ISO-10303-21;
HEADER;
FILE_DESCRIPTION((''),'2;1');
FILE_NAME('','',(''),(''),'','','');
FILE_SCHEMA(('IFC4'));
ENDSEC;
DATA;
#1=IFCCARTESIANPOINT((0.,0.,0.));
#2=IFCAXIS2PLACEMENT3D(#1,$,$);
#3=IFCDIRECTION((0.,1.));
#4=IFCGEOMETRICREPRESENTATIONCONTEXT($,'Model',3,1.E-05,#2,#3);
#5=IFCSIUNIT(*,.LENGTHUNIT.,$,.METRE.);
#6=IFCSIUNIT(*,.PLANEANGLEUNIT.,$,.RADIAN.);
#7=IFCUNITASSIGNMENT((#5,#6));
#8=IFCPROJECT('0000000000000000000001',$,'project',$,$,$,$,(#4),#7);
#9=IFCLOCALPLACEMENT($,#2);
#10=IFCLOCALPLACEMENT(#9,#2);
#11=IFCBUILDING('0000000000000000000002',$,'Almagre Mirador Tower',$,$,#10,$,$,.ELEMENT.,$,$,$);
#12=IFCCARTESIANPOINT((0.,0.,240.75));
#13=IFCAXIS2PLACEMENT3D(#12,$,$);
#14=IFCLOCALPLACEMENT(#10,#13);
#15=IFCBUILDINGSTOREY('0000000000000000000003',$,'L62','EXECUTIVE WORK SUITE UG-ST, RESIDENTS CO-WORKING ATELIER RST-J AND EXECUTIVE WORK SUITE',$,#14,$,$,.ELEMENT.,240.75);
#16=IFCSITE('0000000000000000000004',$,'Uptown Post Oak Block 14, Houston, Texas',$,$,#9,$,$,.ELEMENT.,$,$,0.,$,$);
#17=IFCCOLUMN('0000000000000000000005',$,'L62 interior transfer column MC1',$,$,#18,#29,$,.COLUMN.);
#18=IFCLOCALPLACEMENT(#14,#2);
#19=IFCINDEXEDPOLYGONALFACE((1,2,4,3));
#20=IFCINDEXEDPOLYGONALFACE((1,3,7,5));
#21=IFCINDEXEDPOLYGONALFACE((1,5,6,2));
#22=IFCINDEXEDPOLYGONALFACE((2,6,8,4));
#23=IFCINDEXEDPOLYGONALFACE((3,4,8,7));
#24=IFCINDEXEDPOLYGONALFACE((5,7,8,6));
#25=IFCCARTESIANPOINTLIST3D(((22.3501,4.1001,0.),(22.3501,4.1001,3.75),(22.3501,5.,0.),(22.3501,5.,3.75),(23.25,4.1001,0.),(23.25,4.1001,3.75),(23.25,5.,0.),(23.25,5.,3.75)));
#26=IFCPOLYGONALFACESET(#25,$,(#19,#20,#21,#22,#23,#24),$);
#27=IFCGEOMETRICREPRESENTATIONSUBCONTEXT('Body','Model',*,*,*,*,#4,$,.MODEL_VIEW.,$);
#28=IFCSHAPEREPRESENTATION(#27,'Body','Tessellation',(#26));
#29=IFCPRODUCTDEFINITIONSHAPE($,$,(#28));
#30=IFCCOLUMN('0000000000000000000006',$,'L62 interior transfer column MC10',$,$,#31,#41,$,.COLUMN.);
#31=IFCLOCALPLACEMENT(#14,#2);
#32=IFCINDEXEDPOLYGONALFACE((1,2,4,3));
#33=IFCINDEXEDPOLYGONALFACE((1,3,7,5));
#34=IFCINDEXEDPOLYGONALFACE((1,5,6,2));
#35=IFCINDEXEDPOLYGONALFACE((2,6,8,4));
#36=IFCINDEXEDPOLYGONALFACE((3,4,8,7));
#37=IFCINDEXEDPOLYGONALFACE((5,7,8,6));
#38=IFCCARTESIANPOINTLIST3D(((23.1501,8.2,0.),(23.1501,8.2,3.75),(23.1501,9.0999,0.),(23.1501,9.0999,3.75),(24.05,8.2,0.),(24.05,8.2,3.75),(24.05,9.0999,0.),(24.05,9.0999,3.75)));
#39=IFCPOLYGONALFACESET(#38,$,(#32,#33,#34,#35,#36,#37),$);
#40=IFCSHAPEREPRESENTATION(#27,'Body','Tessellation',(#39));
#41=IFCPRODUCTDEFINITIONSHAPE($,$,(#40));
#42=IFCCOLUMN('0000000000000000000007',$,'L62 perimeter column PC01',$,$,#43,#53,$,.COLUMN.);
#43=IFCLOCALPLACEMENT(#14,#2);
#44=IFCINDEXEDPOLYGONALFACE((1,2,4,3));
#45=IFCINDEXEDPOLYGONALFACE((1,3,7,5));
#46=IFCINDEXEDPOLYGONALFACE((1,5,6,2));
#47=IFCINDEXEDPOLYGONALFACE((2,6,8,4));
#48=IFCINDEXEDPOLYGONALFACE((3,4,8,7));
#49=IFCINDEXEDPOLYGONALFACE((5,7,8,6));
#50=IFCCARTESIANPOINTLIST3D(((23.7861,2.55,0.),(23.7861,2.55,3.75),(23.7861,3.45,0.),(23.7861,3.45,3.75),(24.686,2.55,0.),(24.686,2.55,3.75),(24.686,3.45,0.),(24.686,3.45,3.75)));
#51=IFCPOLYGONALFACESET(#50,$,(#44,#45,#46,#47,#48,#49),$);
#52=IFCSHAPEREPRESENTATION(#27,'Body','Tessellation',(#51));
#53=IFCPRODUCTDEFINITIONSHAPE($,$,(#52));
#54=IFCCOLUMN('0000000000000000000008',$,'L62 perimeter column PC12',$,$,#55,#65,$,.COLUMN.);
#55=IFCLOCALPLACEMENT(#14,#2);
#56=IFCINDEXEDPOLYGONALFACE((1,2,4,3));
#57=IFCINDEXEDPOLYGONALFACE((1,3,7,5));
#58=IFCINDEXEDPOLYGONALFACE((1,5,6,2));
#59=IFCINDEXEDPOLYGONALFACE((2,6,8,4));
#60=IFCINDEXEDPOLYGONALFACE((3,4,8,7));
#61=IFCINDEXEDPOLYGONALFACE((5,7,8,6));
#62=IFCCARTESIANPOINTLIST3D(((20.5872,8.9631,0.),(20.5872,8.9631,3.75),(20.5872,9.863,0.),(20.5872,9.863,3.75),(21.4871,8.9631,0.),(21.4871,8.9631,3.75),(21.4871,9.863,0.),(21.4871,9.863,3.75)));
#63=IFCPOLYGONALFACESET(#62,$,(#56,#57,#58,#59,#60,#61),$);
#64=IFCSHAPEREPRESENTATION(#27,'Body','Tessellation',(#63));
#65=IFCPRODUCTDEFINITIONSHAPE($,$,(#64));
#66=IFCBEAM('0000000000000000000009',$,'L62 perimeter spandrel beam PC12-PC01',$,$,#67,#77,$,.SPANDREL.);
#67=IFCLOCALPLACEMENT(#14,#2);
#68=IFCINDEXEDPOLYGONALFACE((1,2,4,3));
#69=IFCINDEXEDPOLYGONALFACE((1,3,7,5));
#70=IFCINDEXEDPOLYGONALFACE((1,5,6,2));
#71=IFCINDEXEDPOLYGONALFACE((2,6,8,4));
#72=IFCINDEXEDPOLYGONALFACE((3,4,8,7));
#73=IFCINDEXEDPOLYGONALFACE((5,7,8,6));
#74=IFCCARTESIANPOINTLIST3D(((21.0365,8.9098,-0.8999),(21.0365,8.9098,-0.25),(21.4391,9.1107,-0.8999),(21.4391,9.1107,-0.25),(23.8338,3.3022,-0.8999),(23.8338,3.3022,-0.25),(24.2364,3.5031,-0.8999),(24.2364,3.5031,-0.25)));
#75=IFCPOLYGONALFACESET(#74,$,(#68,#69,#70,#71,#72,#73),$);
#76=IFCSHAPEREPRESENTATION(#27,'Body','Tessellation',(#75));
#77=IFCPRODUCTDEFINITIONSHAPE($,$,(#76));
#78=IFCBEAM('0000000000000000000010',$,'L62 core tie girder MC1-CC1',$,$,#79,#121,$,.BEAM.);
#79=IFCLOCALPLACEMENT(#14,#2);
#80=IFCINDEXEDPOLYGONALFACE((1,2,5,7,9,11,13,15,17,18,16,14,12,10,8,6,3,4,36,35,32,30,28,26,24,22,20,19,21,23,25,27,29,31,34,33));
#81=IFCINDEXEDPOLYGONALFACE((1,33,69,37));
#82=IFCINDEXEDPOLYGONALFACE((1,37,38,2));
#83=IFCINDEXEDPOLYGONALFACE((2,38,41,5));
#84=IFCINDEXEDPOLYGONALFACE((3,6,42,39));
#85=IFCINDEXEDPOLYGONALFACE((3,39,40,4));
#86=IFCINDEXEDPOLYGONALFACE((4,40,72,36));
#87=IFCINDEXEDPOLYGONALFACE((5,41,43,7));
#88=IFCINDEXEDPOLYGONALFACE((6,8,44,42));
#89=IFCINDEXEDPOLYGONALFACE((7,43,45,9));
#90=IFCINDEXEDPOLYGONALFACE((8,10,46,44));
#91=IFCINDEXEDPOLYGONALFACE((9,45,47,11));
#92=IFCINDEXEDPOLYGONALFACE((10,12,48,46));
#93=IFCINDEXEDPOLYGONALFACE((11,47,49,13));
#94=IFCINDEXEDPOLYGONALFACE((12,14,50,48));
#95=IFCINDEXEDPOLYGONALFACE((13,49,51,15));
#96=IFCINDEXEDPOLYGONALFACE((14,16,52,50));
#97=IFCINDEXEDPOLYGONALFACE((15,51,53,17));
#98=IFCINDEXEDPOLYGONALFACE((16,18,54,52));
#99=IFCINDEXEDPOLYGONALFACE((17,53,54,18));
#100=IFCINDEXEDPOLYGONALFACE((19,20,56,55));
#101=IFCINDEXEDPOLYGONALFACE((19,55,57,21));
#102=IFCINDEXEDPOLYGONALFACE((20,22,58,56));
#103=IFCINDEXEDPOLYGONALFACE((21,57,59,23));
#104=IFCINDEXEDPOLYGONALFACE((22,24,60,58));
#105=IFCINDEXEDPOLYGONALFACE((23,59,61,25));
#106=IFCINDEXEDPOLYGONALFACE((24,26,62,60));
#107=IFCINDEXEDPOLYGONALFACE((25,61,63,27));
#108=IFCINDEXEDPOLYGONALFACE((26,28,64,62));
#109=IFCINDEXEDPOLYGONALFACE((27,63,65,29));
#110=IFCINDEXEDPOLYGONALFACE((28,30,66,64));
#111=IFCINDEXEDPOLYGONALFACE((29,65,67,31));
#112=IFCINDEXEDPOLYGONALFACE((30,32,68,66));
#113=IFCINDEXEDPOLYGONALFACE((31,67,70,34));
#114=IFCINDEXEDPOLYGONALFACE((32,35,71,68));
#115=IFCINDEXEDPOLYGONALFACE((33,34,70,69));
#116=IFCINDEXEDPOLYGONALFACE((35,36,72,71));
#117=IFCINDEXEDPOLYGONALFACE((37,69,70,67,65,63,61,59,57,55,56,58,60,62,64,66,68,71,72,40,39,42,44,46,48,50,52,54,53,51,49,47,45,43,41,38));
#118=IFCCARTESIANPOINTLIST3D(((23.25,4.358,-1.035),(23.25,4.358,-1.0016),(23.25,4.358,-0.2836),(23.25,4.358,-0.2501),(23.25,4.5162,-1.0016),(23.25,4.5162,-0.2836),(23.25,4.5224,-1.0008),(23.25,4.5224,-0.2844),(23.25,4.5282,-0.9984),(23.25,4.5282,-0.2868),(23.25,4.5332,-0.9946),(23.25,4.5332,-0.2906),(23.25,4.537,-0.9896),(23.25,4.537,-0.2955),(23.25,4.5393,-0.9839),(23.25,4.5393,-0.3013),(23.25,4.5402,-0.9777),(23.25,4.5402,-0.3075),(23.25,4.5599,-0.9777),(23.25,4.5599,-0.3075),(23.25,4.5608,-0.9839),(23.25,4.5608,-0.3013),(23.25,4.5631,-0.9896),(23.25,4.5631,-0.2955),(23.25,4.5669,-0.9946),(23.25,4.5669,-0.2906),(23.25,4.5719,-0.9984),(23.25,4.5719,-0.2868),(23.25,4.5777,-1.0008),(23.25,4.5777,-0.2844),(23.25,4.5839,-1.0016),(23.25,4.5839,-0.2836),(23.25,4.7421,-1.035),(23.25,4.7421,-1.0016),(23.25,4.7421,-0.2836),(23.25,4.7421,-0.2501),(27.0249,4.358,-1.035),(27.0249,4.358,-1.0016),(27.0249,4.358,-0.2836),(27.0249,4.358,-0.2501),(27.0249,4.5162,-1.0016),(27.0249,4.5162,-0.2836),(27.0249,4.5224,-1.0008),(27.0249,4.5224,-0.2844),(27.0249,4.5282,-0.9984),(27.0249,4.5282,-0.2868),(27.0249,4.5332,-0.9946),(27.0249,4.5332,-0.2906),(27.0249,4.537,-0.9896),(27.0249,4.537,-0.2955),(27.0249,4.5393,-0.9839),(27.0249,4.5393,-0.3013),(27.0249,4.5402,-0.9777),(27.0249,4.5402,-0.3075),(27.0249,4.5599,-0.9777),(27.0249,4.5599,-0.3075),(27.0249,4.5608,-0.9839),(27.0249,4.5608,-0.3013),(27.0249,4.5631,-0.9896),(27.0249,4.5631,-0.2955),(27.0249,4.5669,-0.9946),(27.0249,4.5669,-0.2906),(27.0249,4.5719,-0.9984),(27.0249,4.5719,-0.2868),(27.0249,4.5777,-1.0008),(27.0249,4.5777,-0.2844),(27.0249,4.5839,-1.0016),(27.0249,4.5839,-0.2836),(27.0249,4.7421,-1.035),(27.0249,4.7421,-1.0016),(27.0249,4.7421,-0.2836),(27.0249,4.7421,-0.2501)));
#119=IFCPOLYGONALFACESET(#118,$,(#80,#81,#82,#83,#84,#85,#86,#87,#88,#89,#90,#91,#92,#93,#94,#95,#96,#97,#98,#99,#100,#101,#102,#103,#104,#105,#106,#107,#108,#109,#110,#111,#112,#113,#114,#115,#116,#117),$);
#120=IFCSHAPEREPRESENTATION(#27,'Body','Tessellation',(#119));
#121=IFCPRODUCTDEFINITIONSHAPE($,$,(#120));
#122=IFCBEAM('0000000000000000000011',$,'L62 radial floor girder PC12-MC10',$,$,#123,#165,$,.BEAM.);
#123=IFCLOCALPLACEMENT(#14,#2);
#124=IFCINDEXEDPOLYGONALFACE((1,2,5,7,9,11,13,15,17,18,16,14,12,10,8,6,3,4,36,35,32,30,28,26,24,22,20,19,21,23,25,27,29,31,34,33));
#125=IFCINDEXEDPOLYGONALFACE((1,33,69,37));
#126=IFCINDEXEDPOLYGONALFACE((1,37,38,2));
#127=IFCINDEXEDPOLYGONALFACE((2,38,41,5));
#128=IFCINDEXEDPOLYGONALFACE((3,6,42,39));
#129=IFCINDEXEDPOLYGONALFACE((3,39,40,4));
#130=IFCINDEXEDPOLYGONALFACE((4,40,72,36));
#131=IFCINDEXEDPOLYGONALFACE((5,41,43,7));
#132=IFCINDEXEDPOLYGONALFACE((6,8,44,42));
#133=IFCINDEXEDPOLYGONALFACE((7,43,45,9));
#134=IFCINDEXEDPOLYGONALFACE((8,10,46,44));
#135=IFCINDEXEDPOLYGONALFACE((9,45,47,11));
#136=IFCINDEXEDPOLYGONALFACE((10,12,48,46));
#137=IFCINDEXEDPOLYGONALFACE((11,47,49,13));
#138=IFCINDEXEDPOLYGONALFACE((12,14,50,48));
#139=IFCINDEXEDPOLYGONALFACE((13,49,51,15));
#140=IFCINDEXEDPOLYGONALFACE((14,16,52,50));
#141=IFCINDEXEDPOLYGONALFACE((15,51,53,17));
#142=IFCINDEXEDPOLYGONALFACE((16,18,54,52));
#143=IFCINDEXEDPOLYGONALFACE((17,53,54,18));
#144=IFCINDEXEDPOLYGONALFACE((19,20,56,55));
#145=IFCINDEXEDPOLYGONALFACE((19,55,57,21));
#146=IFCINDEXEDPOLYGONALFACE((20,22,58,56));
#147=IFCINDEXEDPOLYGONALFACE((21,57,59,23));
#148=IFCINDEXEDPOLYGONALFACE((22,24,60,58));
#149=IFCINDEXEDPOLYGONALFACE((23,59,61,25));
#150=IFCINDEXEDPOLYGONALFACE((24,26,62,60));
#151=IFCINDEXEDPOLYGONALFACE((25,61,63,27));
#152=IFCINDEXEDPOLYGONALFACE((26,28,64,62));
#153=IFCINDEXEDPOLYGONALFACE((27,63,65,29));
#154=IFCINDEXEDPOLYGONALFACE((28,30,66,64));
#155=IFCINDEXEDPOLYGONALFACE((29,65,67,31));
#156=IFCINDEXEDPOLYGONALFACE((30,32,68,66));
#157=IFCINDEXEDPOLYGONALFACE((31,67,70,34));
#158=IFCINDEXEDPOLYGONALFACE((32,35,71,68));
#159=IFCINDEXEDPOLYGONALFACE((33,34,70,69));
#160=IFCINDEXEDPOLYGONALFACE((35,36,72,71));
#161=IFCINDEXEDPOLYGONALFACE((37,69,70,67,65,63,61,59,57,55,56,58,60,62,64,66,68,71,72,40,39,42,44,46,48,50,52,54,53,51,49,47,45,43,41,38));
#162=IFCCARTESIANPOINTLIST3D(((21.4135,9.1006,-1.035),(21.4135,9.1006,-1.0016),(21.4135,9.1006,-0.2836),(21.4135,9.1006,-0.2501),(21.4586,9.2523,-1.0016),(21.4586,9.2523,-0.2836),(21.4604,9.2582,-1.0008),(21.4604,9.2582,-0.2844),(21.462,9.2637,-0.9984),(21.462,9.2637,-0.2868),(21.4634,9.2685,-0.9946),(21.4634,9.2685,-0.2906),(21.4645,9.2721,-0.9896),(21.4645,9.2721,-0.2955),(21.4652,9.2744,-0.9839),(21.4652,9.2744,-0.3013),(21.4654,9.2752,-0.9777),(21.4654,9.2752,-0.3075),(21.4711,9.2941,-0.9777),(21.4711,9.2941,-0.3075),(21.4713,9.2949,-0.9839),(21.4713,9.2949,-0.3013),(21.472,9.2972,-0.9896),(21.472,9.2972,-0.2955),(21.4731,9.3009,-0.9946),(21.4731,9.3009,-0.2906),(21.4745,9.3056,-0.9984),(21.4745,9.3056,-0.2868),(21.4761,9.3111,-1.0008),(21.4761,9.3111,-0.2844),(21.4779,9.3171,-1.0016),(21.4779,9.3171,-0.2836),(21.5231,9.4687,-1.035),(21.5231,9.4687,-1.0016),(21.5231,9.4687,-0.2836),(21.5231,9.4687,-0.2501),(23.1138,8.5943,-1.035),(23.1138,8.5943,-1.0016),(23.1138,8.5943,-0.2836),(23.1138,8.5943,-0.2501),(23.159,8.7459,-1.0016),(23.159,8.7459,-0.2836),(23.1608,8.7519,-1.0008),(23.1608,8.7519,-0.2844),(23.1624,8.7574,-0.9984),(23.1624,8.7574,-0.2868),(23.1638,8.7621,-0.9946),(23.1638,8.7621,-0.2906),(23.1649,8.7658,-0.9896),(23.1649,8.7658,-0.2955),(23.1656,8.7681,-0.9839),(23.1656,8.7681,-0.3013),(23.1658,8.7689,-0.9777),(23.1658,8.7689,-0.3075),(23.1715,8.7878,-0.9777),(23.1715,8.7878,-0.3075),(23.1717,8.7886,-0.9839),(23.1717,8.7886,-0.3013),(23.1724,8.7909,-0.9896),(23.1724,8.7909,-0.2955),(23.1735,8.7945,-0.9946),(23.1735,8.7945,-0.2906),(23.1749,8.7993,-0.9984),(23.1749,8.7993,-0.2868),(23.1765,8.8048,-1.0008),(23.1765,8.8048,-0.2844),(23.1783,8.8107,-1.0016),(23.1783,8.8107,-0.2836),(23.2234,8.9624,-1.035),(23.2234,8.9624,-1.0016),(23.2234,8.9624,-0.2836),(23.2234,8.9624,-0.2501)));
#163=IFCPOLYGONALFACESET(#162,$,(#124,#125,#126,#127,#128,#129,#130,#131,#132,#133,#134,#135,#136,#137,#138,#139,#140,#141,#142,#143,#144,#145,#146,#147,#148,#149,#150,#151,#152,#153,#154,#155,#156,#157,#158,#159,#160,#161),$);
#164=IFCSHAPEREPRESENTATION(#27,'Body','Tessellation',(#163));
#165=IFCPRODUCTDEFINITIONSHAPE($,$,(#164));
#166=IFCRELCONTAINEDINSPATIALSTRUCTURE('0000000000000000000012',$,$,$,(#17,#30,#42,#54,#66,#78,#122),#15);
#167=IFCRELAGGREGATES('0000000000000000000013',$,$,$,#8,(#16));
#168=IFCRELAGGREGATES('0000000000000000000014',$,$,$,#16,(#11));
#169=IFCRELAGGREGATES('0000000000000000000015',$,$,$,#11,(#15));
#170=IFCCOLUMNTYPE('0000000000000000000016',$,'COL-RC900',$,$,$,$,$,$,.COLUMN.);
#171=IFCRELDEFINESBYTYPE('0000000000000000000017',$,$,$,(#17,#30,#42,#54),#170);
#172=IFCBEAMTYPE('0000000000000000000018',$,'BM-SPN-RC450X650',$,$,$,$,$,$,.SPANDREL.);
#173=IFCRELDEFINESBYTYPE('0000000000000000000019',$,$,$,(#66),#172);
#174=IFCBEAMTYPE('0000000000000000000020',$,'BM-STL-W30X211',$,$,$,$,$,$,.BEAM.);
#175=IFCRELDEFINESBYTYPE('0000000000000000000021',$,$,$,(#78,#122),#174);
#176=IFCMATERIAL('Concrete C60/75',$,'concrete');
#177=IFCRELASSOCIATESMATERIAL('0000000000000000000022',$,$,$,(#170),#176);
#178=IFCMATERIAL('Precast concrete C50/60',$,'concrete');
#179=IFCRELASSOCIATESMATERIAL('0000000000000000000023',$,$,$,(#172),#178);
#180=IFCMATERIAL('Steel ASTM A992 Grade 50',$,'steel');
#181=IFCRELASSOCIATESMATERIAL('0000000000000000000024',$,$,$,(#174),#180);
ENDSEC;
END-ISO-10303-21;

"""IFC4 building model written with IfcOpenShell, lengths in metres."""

from ifc_helpers import new_model, si_unit, direction, frame, origin, origin_2d, place, context, subcontext, project, spatial, rectangle, i_section, extrude, material, material_profile, profile_set, type_object, element, save


model = new_model("IFC4")

# Units and contexts
model_context = context("Model", 3, precision=1e-05, world=origin(), true_north=direction((0.0, 1.0)))
body_context = subcontext(model_context, "Body", "Model", "MODEL_VIEW")
ifc_project = project(units=[si_unit("LENGTHUNIT", "METRE"), si_unit("PLANEANGLEUNIT", "RADIAN")], contexts=[model_context])

# Site, building, storey
site_placement = place(None, origin())
site = spatial("IfcSite", under=ifc_project, at=site_placement, Name="Uptown Post Oak Block 14, Houston, Texas", CompositionType="ELEMENT", RefElevation=0.0)
building_placement = place(site_placement, origin())
building = spatial("IfcBuilding", under=site, at=building_placement, Name="Almagre Mirador Tower", CompositionType="ELEMENT")
storey_placement = place(building_placement, frame((0.0, 0.0, 240.75)))
storey = spatial("IfcBuildingStorey", under=building, at=storey_placement, Name="L62", Description="EXECUTIVE WORK SUITE UG-ST, RESIDENTS CO-WORKING ATELIER RST-J AND EXECUTIVE WORK SUITE", CompositionType="ELEMENT", Elevation=240.75)

# Columns
ifc_material_1 = material(Name="Concrete C60/75", Category="concrete")
ifc_material_profile_1 = material_profile(ifc_material_1, rectangle(XDim=0.8999, YDim=0.8999, at=origin_2d()), Name="RC900X900")
ifc_profile_set_1 = profile_set([ifc_material_profile_1], Name="Concrete C60/75")
column_type = type_object("IfcColumnType", Name="COL-RC900", PredefinedType="COLUMN", material=ifc_profile_set_1)
for number, where, z_axis, x_axis, name in (
    (1, (22.8, 4.55, 0.0), (0.0, 0.0, 1.0), (1.0, 0.0, 0.0), "L62 interior transfer column MC1"),
    (2, (23.6001, 8.6499, 0.0), (0.0, 0.0, 1.0), (1.0, 0.0, 0.0), "L62 interior transfer column MC10"),
    (3, (24.2361, 3.0, 0.0), (0.0, 0.0, 1.0), (1.0, 0.0, 0.0), "L62 perimeter column PC01"),
    (4, (21.0371, 9.4131, 0.0), (0.0, 0.0, 1.0), (1.0, 0.0, 0.0), "L62 perimeter column PC12"),
):
    element("IfcColumn", number, at=place(storey_placement, frame(where, z_axis=z_axis, x_axis=x_axis)), inside=storey, type_object=column_type, Name=name, PredefinedType="COLUMN", context=body_context, shape_type="SweptSolid", body=[
        extrude(rectangle(XDim=0.8999, YDim=0.8999, at=origin_2d()), origin(), (0.0, 0.0, 1.0), 3.75),
    ])

# Beams
ifc_material_2 = material(Name="Precast concrete C50/60", Category="concrete")
ifc_material_profile_2 = material_profile(ifc_material_2, rectangle(XDim=0.45, YDim=0.6499, at=origin_2d()), Name="RC450X650")
ifc_profile_set_2 = profile_set([ifc_material_profile_2], Name="Precast concrete C50/60")
beam_type_1 = type_object("IfcBeamType", Name="BM-SPN-RC450X650", PredefinedType="SPANDREL", material=ifc_profile_set_2)
beam_1_placement = place(storey_placement, frame((21.2378, 9.0103, -0.575), z_axis=(0.446387, -0.89484, 0.0), x_axis=(0.89484, 0.446387, 0.0)))
element("IfcBeam", 5, at=beam_1_placement, inside=storey, type_object=beam_type_1, Name="L62 perimeter spandrel beam PC12-PC01", PredefinedType="SPANDREL", context=body_context, shape_type="SweptSolid", body=[
    extrude(rectangle(XDim=0.45, YDim=0.6499, at=origin_2d()), origin(), (0.0, 0.0, 1.0), 6.2666),
])
ifc_material_3 = material(Name="Steel ASTM A992 Grade 50", Category="steel")
ifc_material_profile_3 = material_profile(ifc_material_3, i_section(OverallWidth=0.384, OverallDepth=0.7849, WebThickness=0.0198, FlangeThickness=0.0334, FilletRadius=0.0239, at=origin_2d()), Name="W30X211")
ifc_profile_set_3 = profile_set([ifc_material_profile_3], Name="Steel ASTM A992 Grade 50")
beam_type_2 = type_object("IfcBeamType", Name="BM-STL-W30X211", PredefinedType="BEAM", material=ifc_profile_set_3)
beam_2_placement = place(storey_placement, frame((23.25, 4.55, -0.6426), z_axis=(1.0, 0.0, 0.0), x_axis=(0.0, 1.0, 0.0)))
element("IfcBeam", 6, at=beam_2_placement, inside=storey, type_object=beam_type_2, Name="L62 core tie girder MC1-CC1", PredefinedType="BEAM", context=body_context, shape_type="SweptSolid", body=[
    extrude(i_section(OverallWidth=0.384, OverallDepth=0.7849, WebThickness=0.0198, FlangeThickness=0.0334, FilletRadius=0.0239, at=origin_2d()), origin(), (0.0, 0.0, 1.0), 3.7749),
])
beam_3_placement = place(storey_placement, frame((21.4683, 9.2847, -0.6426), z_axis=(0.958411, -0.285391, 0.0), x_axis=(0.285391, 0.958411, 0.0)))
element("IfcBeam", 7, at=beam_3_placement, inside=storey, type_object=beam_type_2, Name="L62 radial floor girder PC12-MC10", PredefinedType="BEAM", context=body_context, shape_type="SweptSolid", body=[
    extrude(i_section(OverallWidth=0.384, OverallDepth=0.7849, WebThickness=0.0198, FlangeThickness=0.0334, FilletRadius=0.0239, at=origin_2d()), origin(), (0.0, 0.0, 1.0), 1.7742),
])

save(model, "model.ifc")
